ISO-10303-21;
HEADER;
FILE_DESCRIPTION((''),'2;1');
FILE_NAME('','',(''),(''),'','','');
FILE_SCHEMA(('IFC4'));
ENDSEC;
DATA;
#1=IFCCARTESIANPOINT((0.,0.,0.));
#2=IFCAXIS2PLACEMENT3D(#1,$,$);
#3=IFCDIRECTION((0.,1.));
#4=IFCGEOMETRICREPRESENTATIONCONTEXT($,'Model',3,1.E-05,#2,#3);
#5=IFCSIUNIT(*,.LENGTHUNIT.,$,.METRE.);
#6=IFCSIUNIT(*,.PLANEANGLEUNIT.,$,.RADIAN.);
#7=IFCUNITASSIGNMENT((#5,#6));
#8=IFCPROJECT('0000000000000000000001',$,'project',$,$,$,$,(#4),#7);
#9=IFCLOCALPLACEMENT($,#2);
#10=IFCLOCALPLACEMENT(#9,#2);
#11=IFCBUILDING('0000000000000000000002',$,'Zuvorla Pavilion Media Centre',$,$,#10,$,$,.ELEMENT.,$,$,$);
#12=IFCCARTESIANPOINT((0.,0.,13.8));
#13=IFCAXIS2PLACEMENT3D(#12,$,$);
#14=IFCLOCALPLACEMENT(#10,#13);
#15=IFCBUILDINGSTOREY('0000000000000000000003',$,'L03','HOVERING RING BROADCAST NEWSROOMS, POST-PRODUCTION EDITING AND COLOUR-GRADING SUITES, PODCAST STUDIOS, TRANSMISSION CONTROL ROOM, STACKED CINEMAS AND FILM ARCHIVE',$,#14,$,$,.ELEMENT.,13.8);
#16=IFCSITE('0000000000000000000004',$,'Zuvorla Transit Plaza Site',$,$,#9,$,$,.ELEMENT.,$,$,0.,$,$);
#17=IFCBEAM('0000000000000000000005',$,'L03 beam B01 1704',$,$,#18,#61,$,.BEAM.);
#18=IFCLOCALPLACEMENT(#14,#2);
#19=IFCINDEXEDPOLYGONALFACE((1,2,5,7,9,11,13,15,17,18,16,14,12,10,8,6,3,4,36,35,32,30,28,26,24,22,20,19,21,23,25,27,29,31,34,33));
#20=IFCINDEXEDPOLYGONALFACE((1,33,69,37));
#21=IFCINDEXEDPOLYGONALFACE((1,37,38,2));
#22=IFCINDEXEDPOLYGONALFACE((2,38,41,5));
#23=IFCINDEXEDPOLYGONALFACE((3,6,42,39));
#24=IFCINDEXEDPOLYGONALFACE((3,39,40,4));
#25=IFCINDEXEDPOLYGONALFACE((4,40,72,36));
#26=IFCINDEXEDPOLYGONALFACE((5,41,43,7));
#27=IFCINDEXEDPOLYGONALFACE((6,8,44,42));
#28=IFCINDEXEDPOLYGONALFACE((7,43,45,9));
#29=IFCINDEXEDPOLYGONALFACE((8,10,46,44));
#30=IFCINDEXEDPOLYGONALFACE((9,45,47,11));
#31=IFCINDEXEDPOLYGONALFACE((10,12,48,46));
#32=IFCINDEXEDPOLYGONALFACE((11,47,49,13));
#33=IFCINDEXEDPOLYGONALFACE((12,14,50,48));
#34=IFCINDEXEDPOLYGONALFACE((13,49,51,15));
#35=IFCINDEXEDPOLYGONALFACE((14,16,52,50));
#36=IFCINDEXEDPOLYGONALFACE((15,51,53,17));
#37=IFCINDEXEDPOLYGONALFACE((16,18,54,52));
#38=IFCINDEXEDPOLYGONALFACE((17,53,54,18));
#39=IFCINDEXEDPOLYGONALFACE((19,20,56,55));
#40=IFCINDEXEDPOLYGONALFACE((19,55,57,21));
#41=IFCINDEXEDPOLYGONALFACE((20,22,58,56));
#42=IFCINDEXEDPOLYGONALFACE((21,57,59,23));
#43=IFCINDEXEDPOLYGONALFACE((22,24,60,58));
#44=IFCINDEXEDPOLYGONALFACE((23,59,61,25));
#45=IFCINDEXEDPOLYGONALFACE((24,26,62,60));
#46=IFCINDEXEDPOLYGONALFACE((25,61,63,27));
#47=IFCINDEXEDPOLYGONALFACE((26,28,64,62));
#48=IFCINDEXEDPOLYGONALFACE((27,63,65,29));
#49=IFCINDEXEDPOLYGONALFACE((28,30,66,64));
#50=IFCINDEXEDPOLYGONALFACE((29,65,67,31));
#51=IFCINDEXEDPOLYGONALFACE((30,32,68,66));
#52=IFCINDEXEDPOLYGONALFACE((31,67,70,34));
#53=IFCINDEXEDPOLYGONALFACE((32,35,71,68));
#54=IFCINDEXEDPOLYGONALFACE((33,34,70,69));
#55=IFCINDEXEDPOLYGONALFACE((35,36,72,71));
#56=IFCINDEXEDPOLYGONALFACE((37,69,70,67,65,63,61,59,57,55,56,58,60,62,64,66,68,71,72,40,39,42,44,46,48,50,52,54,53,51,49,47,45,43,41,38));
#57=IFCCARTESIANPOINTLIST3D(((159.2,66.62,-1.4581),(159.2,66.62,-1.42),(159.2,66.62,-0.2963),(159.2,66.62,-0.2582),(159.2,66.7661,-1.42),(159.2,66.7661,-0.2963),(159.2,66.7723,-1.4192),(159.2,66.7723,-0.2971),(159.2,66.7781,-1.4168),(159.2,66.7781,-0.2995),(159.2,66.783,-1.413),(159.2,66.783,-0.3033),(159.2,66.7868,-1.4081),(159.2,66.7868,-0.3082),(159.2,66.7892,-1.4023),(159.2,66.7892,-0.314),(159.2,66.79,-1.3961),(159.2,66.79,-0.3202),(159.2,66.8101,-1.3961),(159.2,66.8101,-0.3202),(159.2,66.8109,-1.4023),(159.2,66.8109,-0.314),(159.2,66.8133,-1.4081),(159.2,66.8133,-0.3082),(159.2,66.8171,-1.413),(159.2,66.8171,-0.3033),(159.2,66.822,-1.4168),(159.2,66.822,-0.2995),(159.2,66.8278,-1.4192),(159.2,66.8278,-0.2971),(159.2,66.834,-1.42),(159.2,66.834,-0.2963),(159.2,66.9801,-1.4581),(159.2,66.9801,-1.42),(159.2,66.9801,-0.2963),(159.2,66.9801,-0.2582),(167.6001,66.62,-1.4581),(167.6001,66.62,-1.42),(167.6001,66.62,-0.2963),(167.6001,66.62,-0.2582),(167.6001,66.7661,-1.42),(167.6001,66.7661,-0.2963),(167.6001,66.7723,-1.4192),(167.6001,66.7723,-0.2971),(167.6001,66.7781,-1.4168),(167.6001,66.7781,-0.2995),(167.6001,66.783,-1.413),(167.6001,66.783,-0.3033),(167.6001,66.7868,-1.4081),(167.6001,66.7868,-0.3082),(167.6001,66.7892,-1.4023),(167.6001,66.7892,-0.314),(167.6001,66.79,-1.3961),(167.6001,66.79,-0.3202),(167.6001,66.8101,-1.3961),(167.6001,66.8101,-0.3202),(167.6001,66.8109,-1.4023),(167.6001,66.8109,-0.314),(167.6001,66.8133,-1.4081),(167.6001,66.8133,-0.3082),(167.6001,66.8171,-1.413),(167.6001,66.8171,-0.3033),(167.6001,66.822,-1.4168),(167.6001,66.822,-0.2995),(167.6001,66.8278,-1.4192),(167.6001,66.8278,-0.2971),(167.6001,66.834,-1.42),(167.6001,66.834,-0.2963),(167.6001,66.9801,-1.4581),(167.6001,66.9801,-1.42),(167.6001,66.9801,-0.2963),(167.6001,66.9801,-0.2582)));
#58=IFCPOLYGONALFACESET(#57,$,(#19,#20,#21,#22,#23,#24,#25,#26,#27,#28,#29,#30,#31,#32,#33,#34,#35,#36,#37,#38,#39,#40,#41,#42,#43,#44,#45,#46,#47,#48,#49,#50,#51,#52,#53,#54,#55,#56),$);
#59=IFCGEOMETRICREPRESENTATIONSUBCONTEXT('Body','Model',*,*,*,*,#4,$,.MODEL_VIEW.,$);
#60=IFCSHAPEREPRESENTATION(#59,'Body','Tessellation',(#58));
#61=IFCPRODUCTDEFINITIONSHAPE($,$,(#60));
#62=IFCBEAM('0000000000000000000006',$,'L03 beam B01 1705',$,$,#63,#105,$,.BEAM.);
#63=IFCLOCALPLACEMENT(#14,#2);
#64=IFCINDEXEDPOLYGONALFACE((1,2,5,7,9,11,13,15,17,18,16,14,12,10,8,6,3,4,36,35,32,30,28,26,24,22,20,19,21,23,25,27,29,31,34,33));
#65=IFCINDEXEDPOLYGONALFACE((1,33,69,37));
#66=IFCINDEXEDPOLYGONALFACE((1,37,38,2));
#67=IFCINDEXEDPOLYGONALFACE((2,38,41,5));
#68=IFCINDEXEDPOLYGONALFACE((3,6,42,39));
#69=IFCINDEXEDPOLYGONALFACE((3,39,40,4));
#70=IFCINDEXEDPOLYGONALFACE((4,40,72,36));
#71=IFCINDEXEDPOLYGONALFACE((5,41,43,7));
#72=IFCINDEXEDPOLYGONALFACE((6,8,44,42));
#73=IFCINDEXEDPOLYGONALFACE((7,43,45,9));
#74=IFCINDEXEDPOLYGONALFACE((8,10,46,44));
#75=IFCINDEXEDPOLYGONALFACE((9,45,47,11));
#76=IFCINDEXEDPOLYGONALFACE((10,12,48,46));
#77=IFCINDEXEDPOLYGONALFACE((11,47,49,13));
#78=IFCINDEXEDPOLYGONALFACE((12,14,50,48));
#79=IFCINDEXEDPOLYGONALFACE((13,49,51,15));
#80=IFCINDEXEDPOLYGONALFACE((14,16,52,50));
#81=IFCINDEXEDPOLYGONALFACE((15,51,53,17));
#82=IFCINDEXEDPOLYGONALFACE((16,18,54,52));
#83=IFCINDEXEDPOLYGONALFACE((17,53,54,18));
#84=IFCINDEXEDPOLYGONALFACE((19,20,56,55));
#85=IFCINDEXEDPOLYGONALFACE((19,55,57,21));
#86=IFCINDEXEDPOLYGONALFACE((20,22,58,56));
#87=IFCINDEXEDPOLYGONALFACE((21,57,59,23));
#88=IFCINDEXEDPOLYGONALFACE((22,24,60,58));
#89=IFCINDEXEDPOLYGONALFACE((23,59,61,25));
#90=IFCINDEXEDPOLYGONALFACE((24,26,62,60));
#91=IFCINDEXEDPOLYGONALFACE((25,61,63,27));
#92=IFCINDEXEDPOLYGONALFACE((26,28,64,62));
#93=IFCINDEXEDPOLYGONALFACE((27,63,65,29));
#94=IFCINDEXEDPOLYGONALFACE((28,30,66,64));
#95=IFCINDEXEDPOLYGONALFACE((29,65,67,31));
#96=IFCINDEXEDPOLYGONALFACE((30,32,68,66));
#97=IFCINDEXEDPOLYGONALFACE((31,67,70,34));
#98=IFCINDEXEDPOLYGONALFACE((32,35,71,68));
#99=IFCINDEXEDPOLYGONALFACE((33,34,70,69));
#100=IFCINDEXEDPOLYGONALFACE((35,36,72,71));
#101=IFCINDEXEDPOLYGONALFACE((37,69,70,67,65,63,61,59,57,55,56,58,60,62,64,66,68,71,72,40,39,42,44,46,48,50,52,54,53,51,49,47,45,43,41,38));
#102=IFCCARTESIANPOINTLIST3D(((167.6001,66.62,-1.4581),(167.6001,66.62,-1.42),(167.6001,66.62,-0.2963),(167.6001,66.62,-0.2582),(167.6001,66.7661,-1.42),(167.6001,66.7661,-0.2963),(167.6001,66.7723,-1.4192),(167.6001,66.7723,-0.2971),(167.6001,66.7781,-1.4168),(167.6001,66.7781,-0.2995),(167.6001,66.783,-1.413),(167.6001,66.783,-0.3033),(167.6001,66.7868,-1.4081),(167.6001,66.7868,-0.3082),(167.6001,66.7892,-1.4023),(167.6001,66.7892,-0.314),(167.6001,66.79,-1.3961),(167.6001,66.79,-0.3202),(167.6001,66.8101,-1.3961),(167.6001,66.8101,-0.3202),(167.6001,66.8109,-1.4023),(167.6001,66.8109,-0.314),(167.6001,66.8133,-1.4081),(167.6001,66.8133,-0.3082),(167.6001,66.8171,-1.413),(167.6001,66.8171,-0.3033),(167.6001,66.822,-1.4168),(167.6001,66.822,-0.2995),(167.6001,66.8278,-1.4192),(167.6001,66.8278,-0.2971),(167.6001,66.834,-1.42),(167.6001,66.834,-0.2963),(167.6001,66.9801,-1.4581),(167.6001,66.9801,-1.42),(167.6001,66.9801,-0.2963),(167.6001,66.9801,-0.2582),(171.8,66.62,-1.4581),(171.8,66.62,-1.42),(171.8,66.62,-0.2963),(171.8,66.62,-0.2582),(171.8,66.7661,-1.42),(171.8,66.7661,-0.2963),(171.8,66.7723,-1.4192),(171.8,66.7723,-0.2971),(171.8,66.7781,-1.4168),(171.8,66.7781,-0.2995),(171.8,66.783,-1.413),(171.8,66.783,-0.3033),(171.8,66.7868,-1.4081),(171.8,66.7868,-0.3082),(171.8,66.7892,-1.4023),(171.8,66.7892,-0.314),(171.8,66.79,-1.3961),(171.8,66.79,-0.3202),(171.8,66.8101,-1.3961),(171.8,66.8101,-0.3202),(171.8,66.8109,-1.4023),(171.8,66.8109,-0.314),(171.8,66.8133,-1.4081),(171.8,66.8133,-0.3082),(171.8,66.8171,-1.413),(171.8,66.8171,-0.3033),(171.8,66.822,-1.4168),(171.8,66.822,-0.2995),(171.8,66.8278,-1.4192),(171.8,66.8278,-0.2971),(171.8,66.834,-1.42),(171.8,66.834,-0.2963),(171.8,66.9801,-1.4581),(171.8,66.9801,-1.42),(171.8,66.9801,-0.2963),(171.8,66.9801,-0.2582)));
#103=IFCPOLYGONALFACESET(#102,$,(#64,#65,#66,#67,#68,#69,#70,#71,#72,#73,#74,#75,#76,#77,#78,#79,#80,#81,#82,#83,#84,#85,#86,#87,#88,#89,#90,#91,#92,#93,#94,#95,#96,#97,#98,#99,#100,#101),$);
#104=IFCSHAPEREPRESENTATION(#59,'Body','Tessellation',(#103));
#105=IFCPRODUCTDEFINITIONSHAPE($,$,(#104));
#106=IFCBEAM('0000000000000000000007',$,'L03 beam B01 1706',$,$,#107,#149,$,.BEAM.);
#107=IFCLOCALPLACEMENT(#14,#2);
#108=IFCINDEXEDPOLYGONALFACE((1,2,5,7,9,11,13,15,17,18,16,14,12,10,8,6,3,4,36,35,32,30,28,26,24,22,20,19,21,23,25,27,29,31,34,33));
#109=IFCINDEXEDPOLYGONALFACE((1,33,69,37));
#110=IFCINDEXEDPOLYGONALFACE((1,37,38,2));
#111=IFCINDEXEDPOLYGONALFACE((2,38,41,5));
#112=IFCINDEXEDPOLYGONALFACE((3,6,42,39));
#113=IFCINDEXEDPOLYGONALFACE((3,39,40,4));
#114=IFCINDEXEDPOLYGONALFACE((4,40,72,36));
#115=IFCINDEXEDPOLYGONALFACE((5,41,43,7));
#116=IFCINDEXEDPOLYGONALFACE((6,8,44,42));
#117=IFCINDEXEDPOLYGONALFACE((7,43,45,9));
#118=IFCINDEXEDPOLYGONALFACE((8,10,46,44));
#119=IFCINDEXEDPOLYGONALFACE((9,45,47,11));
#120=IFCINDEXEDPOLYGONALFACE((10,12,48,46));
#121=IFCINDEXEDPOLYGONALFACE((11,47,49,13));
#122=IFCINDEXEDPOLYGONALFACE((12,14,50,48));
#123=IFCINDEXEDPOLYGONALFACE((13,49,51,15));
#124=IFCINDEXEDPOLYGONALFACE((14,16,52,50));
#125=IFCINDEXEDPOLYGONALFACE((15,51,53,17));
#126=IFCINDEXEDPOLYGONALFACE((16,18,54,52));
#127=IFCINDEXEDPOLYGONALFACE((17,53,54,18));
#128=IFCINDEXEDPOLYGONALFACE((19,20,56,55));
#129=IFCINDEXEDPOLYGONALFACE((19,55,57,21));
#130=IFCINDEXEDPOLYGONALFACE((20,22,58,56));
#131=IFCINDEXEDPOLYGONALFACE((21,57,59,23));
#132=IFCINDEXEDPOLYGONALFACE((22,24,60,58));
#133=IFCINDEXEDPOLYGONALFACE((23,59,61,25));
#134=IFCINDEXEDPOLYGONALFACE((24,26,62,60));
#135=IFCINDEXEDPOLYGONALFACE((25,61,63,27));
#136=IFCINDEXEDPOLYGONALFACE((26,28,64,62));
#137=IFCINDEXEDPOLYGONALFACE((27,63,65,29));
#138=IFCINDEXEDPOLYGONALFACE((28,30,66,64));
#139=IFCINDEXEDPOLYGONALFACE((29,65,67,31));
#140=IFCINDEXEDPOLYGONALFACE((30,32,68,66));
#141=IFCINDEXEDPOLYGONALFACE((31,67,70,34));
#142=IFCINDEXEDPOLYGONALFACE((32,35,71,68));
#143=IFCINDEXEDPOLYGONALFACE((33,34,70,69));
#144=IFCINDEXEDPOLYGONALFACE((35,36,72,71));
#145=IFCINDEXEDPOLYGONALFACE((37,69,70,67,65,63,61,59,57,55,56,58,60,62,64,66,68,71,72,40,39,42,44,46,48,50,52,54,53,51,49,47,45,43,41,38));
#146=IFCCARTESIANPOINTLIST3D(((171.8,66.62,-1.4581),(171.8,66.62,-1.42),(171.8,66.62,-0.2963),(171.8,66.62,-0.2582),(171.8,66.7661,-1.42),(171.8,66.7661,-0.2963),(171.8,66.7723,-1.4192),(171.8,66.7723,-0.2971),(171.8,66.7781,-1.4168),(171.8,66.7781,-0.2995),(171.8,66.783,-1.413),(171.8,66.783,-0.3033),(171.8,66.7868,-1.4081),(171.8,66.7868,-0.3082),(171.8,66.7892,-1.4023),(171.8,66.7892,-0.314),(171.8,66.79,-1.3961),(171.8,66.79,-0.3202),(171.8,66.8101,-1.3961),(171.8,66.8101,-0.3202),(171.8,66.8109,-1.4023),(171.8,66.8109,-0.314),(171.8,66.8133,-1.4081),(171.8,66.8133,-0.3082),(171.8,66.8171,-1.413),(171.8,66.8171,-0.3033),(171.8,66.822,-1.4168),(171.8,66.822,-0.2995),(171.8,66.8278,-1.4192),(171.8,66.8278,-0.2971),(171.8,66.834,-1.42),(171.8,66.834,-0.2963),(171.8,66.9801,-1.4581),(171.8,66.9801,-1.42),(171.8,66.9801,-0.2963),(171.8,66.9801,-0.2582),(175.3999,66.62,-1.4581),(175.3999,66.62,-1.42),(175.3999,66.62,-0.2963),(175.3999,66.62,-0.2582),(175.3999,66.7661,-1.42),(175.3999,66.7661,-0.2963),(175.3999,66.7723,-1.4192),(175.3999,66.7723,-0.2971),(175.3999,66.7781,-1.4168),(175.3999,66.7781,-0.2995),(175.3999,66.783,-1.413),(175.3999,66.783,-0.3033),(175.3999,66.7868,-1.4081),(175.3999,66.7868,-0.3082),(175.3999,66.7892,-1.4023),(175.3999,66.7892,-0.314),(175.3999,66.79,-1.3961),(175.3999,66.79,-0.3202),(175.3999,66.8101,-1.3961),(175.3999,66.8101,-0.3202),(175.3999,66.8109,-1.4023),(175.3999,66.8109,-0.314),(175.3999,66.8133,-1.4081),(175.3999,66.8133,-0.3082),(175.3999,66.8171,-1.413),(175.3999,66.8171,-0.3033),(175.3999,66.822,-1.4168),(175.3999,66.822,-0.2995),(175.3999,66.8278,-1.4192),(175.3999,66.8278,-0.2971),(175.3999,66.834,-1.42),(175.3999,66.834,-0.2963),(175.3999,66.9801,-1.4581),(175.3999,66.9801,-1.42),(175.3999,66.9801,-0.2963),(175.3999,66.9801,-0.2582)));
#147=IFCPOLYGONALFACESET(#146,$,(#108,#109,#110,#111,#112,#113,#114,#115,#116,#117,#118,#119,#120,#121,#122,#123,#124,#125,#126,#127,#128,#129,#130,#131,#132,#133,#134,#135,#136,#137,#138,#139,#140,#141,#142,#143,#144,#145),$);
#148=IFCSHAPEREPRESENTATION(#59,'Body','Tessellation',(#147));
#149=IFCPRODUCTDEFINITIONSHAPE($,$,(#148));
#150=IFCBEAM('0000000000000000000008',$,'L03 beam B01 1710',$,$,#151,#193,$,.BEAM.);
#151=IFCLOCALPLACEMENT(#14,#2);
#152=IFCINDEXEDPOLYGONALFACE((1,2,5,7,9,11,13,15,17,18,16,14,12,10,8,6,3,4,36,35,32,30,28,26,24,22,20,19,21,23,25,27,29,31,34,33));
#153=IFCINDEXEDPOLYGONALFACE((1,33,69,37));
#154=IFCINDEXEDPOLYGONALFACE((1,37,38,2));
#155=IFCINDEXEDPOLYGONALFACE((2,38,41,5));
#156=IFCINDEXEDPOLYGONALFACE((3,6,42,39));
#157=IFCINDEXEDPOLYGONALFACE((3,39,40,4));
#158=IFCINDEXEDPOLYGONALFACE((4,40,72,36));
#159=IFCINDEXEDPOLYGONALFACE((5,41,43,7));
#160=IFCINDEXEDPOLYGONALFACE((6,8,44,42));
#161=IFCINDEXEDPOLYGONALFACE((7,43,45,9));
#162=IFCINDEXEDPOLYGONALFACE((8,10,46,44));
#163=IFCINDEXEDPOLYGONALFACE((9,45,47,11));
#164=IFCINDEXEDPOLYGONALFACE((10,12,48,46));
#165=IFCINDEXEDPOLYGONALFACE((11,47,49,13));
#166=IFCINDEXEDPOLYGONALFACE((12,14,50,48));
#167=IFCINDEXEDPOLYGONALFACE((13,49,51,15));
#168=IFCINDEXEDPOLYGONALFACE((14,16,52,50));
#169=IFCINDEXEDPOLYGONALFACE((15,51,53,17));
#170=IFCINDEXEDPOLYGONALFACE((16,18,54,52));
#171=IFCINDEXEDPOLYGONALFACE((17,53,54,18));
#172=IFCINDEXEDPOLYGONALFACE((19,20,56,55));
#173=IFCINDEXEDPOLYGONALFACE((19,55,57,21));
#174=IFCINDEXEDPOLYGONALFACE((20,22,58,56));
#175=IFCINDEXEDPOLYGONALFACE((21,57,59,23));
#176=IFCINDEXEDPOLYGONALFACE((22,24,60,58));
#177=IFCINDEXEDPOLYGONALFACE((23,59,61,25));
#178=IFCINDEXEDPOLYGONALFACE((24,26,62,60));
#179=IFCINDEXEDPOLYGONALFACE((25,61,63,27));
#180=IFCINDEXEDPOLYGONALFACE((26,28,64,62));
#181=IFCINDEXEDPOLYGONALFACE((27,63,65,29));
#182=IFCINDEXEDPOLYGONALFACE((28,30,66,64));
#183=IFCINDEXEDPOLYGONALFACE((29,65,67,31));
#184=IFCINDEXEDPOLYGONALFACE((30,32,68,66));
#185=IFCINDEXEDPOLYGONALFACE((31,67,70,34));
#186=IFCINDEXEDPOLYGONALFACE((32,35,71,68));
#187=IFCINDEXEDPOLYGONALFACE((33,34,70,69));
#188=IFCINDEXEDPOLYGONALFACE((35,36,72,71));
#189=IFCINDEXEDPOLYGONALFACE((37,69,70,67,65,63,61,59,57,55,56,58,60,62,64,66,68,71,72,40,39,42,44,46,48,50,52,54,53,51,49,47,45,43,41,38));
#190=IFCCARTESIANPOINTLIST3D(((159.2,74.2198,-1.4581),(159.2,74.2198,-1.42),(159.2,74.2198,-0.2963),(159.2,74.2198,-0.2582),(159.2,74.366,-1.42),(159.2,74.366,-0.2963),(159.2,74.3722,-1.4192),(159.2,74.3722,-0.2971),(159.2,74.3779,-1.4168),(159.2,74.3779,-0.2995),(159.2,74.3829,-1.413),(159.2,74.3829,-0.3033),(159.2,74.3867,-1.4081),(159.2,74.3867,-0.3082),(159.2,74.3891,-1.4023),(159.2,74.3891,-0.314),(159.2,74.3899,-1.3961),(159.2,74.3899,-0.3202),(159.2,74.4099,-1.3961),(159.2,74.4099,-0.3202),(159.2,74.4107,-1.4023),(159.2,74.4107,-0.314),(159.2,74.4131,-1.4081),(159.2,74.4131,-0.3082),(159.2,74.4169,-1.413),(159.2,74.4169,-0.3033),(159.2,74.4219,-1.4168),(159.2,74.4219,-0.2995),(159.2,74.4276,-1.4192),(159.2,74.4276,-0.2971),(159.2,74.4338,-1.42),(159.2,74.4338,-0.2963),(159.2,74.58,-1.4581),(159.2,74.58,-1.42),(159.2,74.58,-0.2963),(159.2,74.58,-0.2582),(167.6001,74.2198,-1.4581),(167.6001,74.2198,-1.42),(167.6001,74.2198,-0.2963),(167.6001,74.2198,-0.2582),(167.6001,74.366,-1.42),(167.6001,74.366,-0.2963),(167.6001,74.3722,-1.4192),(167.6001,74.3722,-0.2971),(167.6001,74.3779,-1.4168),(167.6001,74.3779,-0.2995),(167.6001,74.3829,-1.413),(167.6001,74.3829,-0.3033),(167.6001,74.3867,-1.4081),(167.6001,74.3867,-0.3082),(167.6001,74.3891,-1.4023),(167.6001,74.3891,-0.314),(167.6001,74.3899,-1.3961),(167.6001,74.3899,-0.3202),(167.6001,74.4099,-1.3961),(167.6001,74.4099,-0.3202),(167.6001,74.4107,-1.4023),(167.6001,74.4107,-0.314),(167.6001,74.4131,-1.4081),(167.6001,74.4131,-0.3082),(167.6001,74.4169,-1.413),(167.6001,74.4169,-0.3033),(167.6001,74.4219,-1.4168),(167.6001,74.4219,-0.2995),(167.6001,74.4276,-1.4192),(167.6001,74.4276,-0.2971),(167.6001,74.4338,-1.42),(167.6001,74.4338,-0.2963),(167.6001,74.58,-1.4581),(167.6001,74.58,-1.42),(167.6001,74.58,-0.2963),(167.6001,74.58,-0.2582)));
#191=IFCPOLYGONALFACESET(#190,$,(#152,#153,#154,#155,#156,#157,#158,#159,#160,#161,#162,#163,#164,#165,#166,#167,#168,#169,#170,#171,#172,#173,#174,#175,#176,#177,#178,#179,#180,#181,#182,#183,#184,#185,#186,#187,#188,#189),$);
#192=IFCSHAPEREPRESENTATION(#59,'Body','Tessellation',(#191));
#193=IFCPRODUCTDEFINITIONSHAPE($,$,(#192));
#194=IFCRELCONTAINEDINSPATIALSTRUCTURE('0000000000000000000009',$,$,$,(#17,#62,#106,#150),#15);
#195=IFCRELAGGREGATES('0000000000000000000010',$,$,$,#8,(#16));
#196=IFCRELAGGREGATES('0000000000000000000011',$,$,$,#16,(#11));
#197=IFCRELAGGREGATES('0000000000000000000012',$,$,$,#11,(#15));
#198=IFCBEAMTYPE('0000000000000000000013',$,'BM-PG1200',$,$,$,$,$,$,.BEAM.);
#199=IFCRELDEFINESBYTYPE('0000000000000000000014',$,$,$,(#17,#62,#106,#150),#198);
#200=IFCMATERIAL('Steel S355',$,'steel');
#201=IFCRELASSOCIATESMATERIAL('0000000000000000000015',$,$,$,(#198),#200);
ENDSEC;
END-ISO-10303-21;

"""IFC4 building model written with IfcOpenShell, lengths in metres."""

from ifc_helpers import new_model, si_unit, direction, frame, origin, origin_2d, place, context, subcontext, project, spatial, i_section, extrude, material, material_profile, profile_set, type_object, element, save


model = new_model("IFC4")

# Units and contexts
model_context = context("Model", 3, precision=1e-05, world=origin(), true_north=direction((0.0, 1.0)))
body_context = subcontext(model_context, "Body", "Model", "MODEL_VIEW")
ifc_project = project(units=[si_unit("LENGTHUNIT", "METRE"), si_unit("PLANEANGLEUNIT", "RADIAN")], contexts=[model_context])

# Site, building, storey
site_placement = place(None, origin())
site = spatial("IfcSite", under=ifc_project, at=site_placement, Name="Zuvorla Transit Plaza Site", CompositionType="ELEMENT", RefElevation=0.0)
building_placement = place(site_placement, origin())
building = spatial("IfcBuilding", under=site, at=building_placement, Name="Zuvorla Pavilion Media Centre", CompositionType="ELEMENT")
storey_placement = place(building_placement, frame((0.0, 0.0, 13.8)))
storey = spatial("IfcBuildingStorey", under=building, at=storey_placement, Name="L03", Description="HOVERING RING BROADCAST NEWSROOMS, POST-PRODUCTION EDITING AND COLOUR-GRADING SUITES, PODCAST STUDIOS, TRANSMISSION CONTROL ROOM, STACKED CINEMAS AND FILM ARCHIVE", CompositionType="ELEMENT", Elevation=13.8)

# Shared definitions
ifc_material_1 = material(Name="Steel S355", Category="steel")

# Beams
ifc_material_profile_1 = material_profile(ifc_material_1, i_section(OverallWidth=0.3601, OverallDepth=1.2, WebThickness=0.02, FlangeThickness=0.0381, FilletRadius=0.0239, at=origin_2d()), Name="PG 1200x360x38")
ifc_profile_set_1 = profile_set([ifc_material_profile_1], Name="Steel S355")
beam_type_1 = type_object("IfcBeamType", Name="BM-PG1200", PredefinedType="BEAM", material=ifc_profile_set_1)
beam_1_placement = place(storey_placement, frame((159.2, 66.8, -0.8582), z_axis=(1.0, 0.0, 0.0), x_axis=(0.0, 1.0, 0.0)))
element("IfcBeam", 1, at=beam_1_placement, inside=storey, type_object=beam_type_1, Name="L03 beam B01 1704", PredefinedType="BEAM", context=body_context, shape_type="SweptSolid", body=[
    extrude(i_section(OverallWidth=0.3601, OverallDepth=1.2, WebThickness=0.02, FlangeThickness=0.0381, FilletRadius=0.0239, at=origin_2d()), origin(), (0.0, 0.0, 1.0), 8.4001),
])
beam_2_placement = place(storey_placement, frame((167.6001, 66.8, -0.8582), z_axis=(1.0, 0.0, 0.0), x_axis=(0.0, 1.0, 0.0)))
element("IfcBeam", 2, at=beam_2_placement, inside=storey, type_object=beam_type_1, Name="L03 beam B01 1705", PredefinedType="BEAM", context=body_context, shape_type="SweptSolid", body=[
    extrude(i_section(OverallWidth=0.3601, OverallDepth=1.2, WebThickness=0.02, FlangeThickness=0.0381, FilletRadius=0.0239, at=origin_2d()), origin(), (0.0, 0.0, 1.0), 4.2),
])
beam_3_placement = place(storey_placement, frame((171.8, 66.8, -0.8582), z_axis=(1.0, 0.0, 0.0), x_axis=(0.0, 1.0, 0.0)))
element("IfcBeam", 3, at=beam_3_placement, inside=storey, type_object=beam_type_1, Name="L03 beam B01 1706", PredefinedType="BEAM", context=body_context, shape_type="SweptSolid", body=[
    extrude(i_section(OverallWidth=0.3601, OverallDepth=1.2, WebThickness=0.02, FlangeThickness=0.0381, FilletRadius=0.0239, at=origin_2d()), origin(), (0.0, 0.0, 1.0), 3.5999),
])
beam_4_placement = place(storey_placement, frame((159.2, 74.3999, -0.8582), z_axis=(1.0, 0.0, 0.0), x_axis=(0.0, 1.0, 0.0)))
element("IfcBeam", 4, at=beam_4_placement, inside=storey, type_object=beam_type_1, Name="L03 beam B01 1710", PredefinedType="BEAM", context=body_context, shape_type="SweptSolid", body=[
    extrude(i_section(OverallWidth=0.3601, OverallDepth=1.2, WebThickness=0.02, FlangeThickness=0.0381, FilletRadius=0.0239, at=origin_2d()), origin(), (0.0, 0.0, 1.0), 8.4001),
])

save(model, "model.ifc")
